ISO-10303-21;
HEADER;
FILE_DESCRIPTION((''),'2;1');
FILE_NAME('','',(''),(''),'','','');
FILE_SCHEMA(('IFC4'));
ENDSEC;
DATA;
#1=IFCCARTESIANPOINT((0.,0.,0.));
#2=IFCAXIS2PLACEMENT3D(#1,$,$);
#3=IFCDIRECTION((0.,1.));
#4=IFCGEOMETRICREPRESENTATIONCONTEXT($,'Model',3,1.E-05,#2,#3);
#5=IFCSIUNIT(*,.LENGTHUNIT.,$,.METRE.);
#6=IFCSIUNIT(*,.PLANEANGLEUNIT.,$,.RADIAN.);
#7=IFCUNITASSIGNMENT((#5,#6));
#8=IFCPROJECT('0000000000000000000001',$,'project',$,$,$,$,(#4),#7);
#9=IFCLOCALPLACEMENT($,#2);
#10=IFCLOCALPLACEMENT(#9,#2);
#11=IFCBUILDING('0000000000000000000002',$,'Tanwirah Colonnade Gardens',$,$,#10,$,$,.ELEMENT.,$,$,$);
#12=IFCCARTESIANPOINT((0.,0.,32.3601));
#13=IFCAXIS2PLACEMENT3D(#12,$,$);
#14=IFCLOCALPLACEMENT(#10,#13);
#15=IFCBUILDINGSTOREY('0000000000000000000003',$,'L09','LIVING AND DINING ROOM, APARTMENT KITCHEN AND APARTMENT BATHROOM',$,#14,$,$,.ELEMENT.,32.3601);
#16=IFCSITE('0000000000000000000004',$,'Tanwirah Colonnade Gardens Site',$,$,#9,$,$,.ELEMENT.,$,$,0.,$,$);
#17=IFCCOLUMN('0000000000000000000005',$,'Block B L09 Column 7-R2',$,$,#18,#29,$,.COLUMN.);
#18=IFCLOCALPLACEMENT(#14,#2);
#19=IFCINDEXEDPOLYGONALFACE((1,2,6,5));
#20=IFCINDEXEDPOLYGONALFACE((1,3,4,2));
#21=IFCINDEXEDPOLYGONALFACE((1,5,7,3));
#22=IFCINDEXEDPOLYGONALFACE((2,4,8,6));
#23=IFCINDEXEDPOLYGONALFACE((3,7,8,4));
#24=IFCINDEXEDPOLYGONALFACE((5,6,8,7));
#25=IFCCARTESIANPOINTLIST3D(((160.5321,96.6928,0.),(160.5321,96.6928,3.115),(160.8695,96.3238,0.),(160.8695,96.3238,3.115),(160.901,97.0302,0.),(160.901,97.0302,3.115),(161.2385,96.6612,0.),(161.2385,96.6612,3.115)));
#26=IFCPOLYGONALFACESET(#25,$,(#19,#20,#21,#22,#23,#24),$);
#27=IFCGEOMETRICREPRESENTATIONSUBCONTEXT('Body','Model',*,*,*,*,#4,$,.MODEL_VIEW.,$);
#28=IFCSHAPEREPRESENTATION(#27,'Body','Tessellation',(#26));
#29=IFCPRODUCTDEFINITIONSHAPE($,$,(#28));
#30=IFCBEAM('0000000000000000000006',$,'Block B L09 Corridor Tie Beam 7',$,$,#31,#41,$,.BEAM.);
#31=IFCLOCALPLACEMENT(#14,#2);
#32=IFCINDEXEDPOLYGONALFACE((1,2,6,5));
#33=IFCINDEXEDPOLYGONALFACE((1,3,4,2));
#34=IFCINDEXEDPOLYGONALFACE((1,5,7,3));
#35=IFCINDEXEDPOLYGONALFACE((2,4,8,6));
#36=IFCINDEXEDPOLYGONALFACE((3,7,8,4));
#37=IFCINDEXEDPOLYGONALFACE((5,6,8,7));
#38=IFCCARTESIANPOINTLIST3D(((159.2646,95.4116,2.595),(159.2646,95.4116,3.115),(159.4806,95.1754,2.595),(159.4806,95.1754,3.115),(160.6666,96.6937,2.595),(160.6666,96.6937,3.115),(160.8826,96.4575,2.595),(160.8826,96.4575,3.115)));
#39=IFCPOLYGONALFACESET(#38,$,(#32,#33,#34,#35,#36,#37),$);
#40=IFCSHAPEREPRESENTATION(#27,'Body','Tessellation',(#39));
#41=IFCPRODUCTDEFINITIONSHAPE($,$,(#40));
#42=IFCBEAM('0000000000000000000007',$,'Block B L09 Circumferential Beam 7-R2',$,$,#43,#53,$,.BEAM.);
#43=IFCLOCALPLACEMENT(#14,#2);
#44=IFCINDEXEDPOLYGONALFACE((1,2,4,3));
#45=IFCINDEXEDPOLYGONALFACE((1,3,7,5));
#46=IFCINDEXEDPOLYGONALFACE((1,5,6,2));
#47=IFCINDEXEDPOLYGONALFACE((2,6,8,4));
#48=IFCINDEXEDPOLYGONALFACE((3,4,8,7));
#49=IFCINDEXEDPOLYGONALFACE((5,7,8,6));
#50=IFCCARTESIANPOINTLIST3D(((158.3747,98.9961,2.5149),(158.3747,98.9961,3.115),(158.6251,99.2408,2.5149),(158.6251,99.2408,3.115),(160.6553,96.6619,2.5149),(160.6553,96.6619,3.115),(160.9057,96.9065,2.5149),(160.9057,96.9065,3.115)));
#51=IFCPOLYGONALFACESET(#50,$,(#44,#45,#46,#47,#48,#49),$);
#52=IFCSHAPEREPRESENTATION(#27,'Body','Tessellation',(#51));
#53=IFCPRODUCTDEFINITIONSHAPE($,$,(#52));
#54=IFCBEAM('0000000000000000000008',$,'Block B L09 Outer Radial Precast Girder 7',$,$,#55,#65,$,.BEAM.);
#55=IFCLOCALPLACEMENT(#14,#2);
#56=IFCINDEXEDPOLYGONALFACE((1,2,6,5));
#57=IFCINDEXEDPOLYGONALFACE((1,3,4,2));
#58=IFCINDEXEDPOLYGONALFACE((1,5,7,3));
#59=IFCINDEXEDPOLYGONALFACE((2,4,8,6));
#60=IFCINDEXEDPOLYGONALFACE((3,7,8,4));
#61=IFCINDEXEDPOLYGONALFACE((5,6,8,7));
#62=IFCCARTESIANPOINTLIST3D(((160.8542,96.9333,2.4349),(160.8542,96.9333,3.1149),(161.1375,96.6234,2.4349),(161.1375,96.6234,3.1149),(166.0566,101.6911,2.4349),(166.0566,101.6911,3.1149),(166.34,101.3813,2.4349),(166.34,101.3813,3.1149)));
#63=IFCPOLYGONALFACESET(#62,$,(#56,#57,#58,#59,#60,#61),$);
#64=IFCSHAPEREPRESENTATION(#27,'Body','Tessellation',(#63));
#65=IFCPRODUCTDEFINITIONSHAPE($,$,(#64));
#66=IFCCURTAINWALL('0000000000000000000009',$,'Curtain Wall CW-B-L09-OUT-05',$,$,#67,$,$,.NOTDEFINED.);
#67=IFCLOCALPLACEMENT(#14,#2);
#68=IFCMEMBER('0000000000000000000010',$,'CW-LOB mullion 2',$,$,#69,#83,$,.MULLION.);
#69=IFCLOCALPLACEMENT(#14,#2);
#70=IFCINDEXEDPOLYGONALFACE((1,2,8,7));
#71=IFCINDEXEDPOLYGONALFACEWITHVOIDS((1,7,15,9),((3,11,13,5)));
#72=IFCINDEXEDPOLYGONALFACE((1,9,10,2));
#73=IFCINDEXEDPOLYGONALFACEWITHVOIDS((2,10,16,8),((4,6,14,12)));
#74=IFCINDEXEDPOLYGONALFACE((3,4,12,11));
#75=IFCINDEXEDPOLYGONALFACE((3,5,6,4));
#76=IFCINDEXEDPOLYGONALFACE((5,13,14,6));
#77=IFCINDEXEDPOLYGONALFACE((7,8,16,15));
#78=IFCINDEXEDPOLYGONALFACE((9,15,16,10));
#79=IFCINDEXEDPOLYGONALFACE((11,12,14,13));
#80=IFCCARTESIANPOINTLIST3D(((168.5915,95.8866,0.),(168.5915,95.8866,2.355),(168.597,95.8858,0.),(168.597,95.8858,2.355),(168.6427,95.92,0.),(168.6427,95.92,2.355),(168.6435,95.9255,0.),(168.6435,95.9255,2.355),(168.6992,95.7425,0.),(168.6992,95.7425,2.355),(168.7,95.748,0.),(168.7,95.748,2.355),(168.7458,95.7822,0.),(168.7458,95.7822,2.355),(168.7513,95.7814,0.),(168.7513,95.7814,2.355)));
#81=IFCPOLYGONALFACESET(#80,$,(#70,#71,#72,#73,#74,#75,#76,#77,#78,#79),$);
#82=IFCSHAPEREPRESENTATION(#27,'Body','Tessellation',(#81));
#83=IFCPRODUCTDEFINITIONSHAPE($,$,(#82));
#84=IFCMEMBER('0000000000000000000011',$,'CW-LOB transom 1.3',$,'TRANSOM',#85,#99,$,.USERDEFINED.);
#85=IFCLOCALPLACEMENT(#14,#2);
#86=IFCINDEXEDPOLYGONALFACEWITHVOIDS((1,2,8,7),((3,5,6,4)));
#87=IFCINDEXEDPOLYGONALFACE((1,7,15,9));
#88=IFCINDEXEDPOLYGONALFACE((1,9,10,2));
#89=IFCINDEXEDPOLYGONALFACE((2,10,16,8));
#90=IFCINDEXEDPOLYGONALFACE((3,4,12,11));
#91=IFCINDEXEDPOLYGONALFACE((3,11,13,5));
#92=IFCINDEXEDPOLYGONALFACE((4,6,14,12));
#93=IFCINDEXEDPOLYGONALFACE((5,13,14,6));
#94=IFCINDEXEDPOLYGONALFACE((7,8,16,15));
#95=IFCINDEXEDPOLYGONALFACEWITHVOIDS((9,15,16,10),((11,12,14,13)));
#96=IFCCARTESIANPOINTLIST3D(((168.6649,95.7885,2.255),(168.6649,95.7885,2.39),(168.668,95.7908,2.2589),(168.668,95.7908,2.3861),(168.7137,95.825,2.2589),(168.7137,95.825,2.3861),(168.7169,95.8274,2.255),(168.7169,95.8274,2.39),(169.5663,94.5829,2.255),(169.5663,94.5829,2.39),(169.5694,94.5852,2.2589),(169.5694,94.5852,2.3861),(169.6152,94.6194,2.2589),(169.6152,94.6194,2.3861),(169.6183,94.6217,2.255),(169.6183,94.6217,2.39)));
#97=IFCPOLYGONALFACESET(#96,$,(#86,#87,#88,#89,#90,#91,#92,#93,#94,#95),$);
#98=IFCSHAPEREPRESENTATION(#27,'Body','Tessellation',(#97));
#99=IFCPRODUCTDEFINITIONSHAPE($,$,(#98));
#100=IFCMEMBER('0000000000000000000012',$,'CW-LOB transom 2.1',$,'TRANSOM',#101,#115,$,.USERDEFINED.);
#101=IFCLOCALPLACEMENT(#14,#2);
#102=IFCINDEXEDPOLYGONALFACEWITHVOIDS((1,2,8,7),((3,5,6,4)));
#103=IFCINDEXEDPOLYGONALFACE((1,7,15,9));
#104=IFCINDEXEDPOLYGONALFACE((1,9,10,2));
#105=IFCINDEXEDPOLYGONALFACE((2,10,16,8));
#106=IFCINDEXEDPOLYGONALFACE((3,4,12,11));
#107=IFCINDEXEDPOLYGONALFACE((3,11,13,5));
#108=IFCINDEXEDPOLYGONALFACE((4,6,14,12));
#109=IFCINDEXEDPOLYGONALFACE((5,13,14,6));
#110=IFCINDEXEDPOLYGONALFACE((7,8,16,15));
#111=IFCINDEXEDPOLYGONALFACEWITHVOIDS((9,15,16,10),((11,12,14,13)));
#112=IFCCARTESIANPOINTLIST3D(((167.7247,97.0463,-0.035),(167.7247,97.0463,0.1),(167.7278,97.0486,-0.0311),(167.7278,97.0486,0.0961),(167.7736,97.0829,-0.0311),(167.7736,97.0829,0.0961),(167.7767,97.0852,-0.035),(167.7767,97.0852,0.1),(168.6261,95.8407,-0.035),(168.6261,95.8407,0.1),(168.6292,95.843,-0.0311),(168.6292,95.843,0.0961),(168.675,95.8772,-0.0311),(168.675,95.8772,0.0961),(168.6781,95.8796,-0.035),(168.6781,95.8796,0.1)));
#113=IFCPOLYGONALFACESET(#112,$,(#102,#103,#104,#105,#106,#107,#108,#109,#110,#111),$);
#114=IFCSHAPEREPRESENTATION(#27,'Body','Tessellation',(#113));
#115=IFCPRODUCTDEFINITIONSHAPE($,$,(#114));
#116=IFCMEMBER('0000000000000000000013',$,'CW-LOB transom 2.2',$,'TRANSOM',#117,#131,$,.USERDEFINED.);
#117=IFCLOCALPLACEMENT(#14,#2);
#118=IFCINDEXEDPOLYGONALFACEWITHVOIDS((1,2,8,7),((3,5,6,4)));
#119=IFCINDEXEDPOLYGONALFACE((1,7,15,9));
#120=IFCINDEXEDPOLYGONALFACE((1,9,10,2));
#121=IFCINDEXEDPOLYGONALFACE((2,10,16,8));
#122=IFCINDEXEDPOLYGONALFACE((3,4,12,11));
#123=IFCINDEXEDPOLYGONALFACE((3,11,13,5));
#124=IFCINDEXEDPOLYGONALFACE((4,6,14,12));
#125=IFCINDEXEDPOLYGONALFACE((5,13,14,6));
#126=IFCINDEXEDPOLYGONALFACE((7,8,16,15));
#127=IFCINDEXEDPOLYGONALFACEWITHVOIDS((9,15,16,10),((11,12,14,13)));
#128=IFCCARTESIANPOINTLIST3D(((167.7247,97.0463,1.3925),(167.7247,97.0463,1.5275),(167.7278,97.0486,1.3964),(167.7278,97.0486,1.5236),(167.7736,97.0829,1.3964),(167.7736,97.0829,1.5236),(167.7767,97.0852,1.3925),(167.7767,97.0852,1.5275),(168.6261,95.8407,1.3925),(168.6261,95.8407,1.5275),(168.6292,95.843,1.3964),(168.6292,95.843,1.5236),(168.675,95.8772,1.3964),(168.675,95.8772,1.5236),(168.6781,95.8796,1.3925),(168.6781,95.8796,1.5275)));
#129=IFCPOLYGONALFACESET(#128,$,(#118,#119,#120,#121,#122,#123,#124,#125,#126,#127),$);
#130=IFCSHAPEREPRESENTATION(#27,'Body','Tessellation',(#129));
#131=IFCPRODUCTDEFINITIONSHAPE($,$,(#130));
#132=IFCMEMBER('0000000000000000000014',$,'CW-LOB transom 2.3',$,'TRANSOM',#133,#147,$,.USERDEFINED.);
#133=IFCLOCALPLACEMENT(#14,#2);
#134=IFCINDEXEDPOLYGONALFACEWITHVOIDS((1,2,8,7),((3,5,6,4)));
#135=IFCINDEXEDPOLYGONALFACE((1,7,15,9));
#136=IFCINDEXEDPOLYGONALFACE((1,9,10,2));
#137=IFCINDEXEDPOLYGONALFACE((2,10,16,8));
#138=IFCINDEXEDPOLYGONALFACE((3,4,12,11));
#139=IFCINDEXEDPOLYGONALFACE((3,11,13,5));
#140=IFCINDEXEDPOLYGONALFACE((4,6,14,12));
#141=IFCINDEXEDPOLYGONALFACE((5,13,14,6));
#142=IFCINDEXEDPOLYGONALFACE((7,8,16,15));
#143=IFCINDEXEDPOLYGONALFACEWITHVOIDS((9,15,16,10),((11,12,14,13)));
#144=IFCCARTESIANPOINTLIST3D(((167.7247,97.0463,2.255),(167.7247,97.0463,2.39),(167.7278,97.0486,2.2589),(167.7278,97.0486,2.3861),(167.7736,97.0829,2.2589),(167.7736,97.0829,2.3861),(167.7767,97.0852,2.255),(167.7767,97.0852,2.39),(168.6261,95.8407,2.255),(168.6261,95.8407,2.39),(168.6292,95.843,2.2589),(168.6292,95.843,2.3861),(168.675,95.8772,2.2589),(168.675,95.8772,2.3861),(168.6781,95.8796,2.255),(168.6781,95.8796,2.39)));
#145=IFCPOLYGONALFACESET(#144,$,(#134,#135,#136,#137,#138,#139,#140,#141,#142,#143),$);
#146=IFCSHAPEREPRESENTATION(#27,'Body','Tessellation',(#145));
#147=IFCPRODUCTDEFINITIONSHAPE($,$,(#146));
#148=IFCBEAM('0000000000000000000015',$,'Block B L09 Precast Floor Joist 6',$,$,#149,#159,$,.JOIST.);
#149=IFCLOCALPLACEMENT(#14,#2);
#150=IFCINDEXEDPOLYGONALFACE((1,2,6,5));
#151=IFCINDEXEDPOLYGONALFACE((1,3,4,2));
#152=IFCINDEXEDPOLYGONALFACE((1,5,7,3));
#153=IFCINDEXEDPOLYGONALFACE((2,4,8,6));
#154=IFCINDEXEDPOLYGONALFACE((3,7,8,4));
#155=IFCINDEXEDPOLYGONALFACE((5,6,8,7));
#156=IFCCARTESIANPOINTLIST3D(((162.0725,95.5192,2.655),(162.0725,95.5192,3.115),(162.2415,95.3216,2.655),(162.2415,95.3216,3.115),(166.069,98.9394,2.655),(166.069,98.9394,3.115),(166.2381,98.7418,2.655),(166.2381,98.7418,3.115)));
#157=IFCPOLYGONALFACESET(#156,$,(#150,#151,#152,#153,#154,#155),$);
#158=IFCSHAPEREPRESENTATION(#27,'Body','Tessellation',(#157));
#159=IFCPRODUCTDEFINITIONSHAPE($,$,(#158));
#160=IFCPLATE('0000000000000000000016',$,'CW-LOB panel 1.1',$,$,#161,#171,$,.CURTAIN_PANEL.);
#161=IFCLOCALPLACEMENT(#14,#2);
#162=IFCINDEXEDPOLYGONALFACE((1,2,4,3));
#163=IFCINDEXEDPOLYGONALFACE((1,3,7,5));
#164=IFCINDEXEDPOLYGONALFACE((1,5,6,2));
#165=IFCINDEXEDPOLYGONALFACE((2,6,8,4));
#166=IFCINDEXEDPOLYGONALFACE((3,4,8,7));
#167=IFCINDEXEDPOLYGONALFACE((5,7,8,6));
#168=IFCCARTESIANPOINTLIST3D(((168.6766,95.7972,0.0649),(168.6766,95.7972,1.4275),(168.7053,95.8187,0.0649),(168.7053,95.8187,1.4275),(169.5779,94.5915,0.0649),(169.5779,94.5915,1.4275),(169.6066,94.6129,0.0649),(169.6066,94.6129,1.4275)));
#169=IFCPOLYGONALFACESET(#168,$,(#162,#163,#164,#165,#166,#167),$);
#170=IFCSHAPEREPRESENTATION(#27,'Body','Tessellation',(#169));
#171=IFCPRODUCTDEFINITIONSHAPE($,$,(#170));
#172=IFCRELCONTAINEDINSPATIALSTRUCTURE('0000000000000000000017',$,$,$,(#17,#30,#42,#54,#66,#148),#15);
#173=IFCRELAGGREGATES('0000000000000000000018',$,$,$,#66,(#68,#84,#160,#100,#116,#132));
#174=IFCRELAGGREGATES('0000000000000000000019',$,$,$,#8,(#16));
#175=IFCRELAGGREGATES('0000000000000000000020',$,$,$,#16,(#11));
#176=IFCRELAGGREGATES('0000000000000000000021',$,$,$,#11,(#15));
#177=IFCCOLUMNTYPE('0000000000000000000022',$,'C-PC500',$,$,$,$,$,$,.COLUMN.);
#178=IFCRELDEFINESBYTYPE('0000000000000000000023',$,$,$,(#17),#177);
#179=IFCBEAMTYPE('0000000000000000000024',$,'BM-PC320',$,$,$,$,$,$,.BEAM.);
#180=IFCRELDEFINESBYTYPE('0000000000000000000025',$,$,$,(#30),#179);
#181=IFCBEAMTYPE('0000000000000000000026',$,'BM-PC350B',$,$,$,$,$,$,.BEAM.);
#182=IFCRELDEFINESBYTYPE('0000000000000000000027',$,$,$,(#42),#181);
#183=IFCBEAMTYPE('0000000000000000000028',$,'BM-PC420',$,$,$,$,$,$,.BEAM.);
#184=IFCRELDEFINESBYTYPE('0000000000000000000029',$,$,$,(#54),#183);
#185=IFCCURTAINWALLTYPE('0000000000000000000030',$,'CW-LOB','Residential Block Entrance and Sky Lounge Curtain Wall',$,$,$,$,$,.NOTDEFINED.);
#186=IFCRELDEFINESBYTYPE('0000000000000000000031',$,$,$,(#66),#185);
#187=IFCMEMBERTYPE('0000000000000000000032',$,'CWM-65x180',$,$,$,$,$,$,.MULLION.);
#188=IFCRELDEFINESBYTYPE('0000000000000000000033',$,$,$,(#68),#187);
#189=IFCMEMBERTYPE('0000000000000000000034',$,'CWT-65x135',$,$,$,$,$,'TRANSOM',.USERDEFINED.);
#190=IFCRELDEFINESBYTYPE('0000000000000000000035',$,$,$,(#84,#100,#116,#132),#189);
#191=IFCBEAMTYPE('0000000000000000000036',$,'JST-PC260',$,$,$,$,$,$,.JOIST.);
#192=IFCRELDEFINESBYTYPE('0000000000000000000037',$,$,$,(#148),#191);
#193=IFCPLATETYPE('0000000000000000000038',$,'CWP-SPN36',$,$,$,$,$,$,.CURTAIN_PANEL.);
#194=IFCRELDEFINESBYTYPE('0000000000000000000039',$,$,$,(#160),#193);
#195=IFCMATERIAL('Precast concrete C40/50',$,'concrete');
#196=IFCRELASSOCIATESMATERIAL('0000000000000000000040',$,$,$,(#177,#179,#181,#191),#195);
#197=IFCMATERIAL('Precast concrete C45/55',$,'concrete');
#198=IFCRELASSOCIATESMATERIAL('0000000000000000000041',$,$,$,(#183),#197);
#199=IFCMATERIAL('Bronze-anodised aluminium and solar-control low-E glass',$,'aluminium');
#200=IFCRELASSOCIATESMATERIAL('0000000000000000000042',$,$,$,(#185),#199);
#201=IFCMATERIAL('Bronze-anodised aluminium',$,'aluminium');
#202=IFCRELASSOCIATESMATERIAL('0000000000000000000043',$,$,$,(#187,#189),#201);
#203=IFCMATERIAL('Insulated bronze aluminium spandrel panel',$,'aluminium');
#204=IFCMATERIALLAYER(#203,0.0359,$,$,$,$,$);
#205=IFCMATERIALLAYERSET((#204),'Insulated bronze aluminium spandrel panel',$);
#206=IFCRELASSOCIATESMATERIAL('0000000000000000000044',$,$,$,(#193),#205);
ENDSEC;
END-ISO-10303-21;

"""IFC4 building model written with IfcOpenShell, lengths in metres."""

from ifc_helpers import new_model, si_unit, direction, frame, origin, origin_2d, place, context, subcontext, project, spatial, rectangle, hollow_rectangle, extrude, material, layer, layer_set, material_profile, profile_set, type_object, element, aggregate, save


model = new_model("IFC4")

# Units and contexts
model_context = context("Model", 3, precision=1e-05, world=origin(), true_north=direction((0.0, 1.0)))
body_context = subcontext(model_context, "Body", "Model", "MODEL_VIEW")
ifc_project = project(units=[si_unit("LENGTHUNIT", "METRE"), si_unit("PLANEANGLEUNIT", "RADIAN")], contexts=[model_context])

# Site, building, storey
site_placement = place(None, origin())
site = spatial("IfcSite", under=ifc_project, at=site_placement, Name="Tanwirah Colonnade Gardens Site", CompositionType="ELEMENT", RefElevation=0.0)
building_placement = place(site_placement, origin())
building = spatial("IfcBuilding", under=site, at=building_placement, Name="Tanwirah Colonnade Gardens", CompositionType="ELEMENT")
storey_placement = place(building_placement, frame((0.0, 0.0, 32.3601)))
storey = spatial("IfcBuildingStorey", under=building, at=storey_placement, Name="L09", Description="LIVING AND DINING ROOM, APARTMENT KITCHEN AND APARTMENT BATHROOM", CompositionType="ELEMENT", Elevation=32.3601)

# Column
ifc_material_1 = material(Name="Precast concrete C40/50", Category="concrete")
ifc_material_profile_1 = material_profile(ifc_material_1, rectangle(XDim=0.5, YDim=0.5, at=origin_2d()), Name="PC-COL 500x500")
ifc_profile_set_1 = profile_set([ifc_material_profile_1], Name="Precast concrete C40/50")
column_type = type_object("IfcColumnType", Name="C-PC500", PredefinedType="COLUMN", material=ifc_profile_set_1)
column_placement = place(storey_placement, frame((160.8853, 96.677, 0.0), z_axis=(0.0, 0.0, 1.0), x_axis=(0.737932, 0.674875, 0.0)))
element("IfcColumn", 1, at=column_placement, inside=storey, type_object=column_type, Name="Block B L09 Column 7-R2", PredefinedType="COLUMN", context=body_context, shape_type="SweptSolid", body=[
    extrude(rectangle(XDim=0.5, YDim=0.5, at=origin_2d()), origin(), (0.0, 0.0, 1.0), 3.115),
])

# Beams
ifc_material_profile_2 = material_profile(ifc_material_1, rectangle(XDim=0.3201, YDim=0.52, at=origin_2d()), Name="PC-BM 320x520")
ifc_profile_set_2 = profile_set([ifc_material_profile_2], Name="Precast concrete C40/50")
beam_type_1 = type_object("IfcBeamType", Name="BM-PC320", PredefinedType="BEAM", material=ifc_profile_set_2)
beam_1_placement = place(storey_placement, frame((159.3726, 95.2935, 2.855), z_axis=(0.737948, 0.674857, 0.0), x_axis=(-0.674857, 0.737948, 0.0)))
element("IfcBeam", 2, at=beam_1_placement, inside=storey, type_object=beam_type_1, Name="Block B L09 Corridor Tie Beam 7", PredefinedType="BEAM", context=body_context, shape_type="SweptSolid", body=[
    extrude(rectangle(XDim=0.3201, YDim=0.52, at=origin_2d()), origin(), (0.0, 0.0, 1.0), 1.8999),
])
ifc_material_profile_3 = material_profile(ifc_material_1, rectangle(XDim=0.3501, YDim=0.6001, at=origin_2d()), Name="PC-BM 350x600")
ifc_profile_set_3 = profile_set([ifc_material_profile_3], Name="Precast concrete C40/50")
beam_type_2 = type_object("IfcBeamType", Name="BM-PC350B", PredefinedType="BEAM", material=ifc_profile_set_3)
beam_2_placement = place(storey_placement, frame((160.7805, 96.7842, 2.8149), z_axis=(-0.698829, 0.715288, 0.0), x_axis=(-0.715288, -0.698829, 0.0)))
element("IfcBeam", 3, at=beam_2_placement, inside=storey, type_object=beam_type_2, Name="Block B L09 Circumferential Beam 7-R2", PredefinedType="BEAM", context=body_context, shape_type="SweptSolid", body=[
    extrude(rectangle(XDim=0.3501, YDim=0.6001, at=origin_2d()), origin(), (0.0, 0.0, 1.0), 3.2634),
])
ifc_material_2 = material(Name="Precast concrete C45/55", Category="concrete")
ifc_material_profile_4 = material_profile(ifc_material_2, rectangle(XDim=0.4199, YDim=0.6799, at=origin_2d()), Name="PC-BM 420x680")
ifc_profile_set_4 = profile_set([ifc_material_profile_4], Name="Precast concrete C45/55")
beam_type_3 = type_object("IfcBeamType", Name="BM-PC420", PredefinedType="BEAM", material=ifc_profile_set_4)
beam_3_placement = place(storey_placement, frame((160.9958, 96.7783, 2.7749), z_axis=(0.737934, 0.674873, 0.0), x_axis=(-0.674873, 0.737934, 0.0)))
element("IfcBeam", 4, at=beam_3_placement, inside=storey, type_object=beam_type_3, Name="Block B L09 Outer Radial Precast Girder 7", PredefinedType="BEAM", context=body_context, shape_type="SweptSolid", body=[
    extrude(rectangle(XDim=0.4199, YDim=0.6799, at=origin_2d()), origin(), (0.0, 0.0, 1.0), 7.05),
])

# Curtain wall, members
ifc_material_3 = material(Name="Bronze-anodised aluminium and solar-control low-E glass", Category="aluminium")
curtain_wall_type = type_object("IfcCurtainWallType", Name="CW-LOB", Description="Residential Block Entrance and Sky Lounge Curtain Wall", PredefinedType="NOTDEFINED", material=ifc_material_3)
curtain_wall_placement = place(storey_placement, origin())
curtain_wall = element("IfcCurtainWall", 5, at=curtain_wall_placement, inside=storey, type_object=curtain_wall_type, Name="Curtain Wall CW-B-L09-OUT-05", PredefinedType="NOTDEFINED")
ifc_material_4 = material(Name="Bronze-anodised aluminium", Category="aluminium")
ifc_material_profile_5 = material_profile(ifc_material_4, hollow_rectangle(XDim=0.0649, YDim=0.1799, WallThickness=0.0039, at=origin_2d()), Name="CW-MUL 65x180x4")
ifc_profile_set_5 = profile_set([ifc_material_profile_5], Name="Bronze-anodised aluminium")
member_type_1 = type_object("IfcMemberType", Name="CWM-65x180", PredefinedType="MULLION", material=ifc_profile_set_5)
member_1_placement = place(storey_placement, frame((168.6714, 95.834, 0.0), z_axis=(0.0, 0.0, 1.0), x_axis=(-0.800964, -0.598712, 0.0)))
member_1 = element("IfcMember", 6, at=member_1_placement, type_object=member_type_1, Name="CW-LOB mullion 2", PredefinedType="MULLION", context=body_context, shape_type="SweptSolid", body=[
    extrude(hollow_rectangle(XDim=0.0649, YDim=0.1799, WallThickness=0.0039, at=origin_2d()), origin(), (0.0, 0.0, 1.0), 2.355),
])
ifc_material_profile_6 = material_profile(ifc_material_4, hollow_rectangle(XDim=0.0649, YDim=0.135, WallThickness=0.0039, at=origin_2d()), Name="CW-TRN 65x135x4")
ifc_profile_set_6 = profile_set([ifc_material_profile_6], Name="Bronze-anodised aluminium")
member_type_2 = type_object("IfcMemberType", Name="CWT-65x135", ElementType="TRANSOM", PredefinedType="USERDEFINED", material=ifc_profile_set_6)
member_2_placement = place(storey_placement, frame((169.5923, 94.6023, 2.3225), z_axis=(-0.598806, 0.800894, 0.0), x_axis=(-0.800894, -0.598806, 0.0)))
member_2 = element("IfcMember", 7, at=member_2_placement, type_object=member_type_2, Name="CW-LOB transom 1.3", ObjectType="TRANSOM", PredefinedType="USERDEFINED", context=body_context, shape_type="SweptSolid", body=[
    extrude(hollow_rectangle(XDim=0.0649, YDim=0.135, WallThickness=0.0039, at=origin_2d()), origin(), (0.0, 0.0, 1.0), 1.5054),
])
member_3_placement = place(storey_placement, frame((168.6521, 95.8601, 0.0325), z_axis=(-0.598806, 0.800894, 0.0), x_axis=(-0.800894, -0.598806, 0.0)))
member_3 = element("IfcMember", 8, at=member_3_placement, type_object=member_type_2, Name="CW-LOB transom 2.1", ObjectType="TRANSOM", PredefinedType="USERDEFINED", context=body_context, shape_type="SweptSolid", body=[
    extrude(hollow_rectangle(XDim=0.0649, YDim=0.135, WallThickness=0.0039, at=origin_2d()), origin(), (0.0, 0.0, 1.0), 1.5054),
])
member_4_placement = place(storey_placement, frame((168.6521, 95.8601, 1.46), z_axis=(-0.598806, 0.800894, 0.0), x_axis=(-0.800894, -0.598806, 0.0)))
member_4 = element("IfcMember", 9, at=member_4_placement, type_object=member_type_2, Name="CW-LOB transom 2.2", ObjectType="TRANSOM", PredefinedType="USERDEFINED", context=body_context, shape_type="SweptSolid", body=[
    extrude(hollow_rectangle(XDim=0.0649, YDim=0.135, WallThickness=0.0039, at=origin_2d()), origin(), (0.0, 0.0, 1.0), 1.5054),
])
member_5_placement = place(storey_placement, frame((168.6521, 95.8601, 2.3225), z_axis=(-0.598806, 0.800894, 0.0), x_axis=(-0.800894, -0.598806, 0.0)))
member_5 = element("IfcMember", 10, at=member_5_placement, type_object=member_type_2, Name="CW-LOB transom 2.3", ObjectType="TRANSOM", PredefinedType="USERDEFINED", context=body_context, shape_type="SweptSolid", body=[
    extrude(hollow_rectangle(XDim=0.0649, YDim=0.135, WallThickness=0.0039, at=origin_2d()), origin(), (0.0, 0.0, 1.0), 1.5054),
])

# Beam
ifc_material_profile_7 = material_profile(ifc_material_1, rectangle(XDim=0.26, YDim=0.46, at=origin_2d()), Name="PC-JST 260x460")
ifc_profile_set_7 = profile_set([ifc_material_profile_7], Name="Precast concrete C40/50")
beam_type_4 = type_object("IfcBeamType", Name="JST-PC260", PredefinedType="JOIST", material=ifc_profile_set_7)
beam_4_placement = place(storey_placement, frame((162.157, 95.4204, 2.885), z_axis=(0.759771, 0.650191, 0.0), x_axis=(-0.650191, 0.759771, 0.0)))
element("IfcBeam", 11, at=beam_4_placement, inside=storey, type_object=beam_type_4, Name="Block B L09 Precast Floor Joist 6", PredefinedType="JOIST", context=body_context, shape_type="SweptSolid", body=[
    extrude(rectangle(XDim=0.26, YDim=0.46, at=origin_2d()), origin(), (0.0, 0.0, 1.0), 5.2603),
])

# Plate
ifc_material_5 = material(Name="Insulated bronze aluminium spandrel panel", Category="aluminium")
ifc_layer_1 = layer(ifc_material_5, 0.0359)
ifc_layer_set_1 = layer_set([ifc_layer_1], Name="Insulated bronze aluminium spandrel panel")
plate_type = type_object("IfcPlateType", Name="CWP-SPN36", PredefinedType="CURTAIN_PANEL", material=ifc_layer_set_1)
plate_1_placement = place(storey_placement, frame((169.1416, 95.2051, 0.0649), z_axis=(0.0, 0.0, 1.0), x_axis=(-0.598712, 0.800964, 0.0)))
plate_1 = element("IfcPlate", 12, at=plate_1_placement, type_object=plate_type, Name="CW-LOB panel 1.1", PredefinedType="CURTAIN_PANEL", context=body_context, shape_type="SweptSolid", body=[
    extrude(rectangle(XDim=1.5054, YDim=0.0359, at=origin_2d()), origin(), (0.0, 0.0, 1.0), 1.3625),
])
aggregate(curtain_wall, [member_1, member_2, plate_1, member_3, member_4, member_5])

save(model, "model.ifc")
